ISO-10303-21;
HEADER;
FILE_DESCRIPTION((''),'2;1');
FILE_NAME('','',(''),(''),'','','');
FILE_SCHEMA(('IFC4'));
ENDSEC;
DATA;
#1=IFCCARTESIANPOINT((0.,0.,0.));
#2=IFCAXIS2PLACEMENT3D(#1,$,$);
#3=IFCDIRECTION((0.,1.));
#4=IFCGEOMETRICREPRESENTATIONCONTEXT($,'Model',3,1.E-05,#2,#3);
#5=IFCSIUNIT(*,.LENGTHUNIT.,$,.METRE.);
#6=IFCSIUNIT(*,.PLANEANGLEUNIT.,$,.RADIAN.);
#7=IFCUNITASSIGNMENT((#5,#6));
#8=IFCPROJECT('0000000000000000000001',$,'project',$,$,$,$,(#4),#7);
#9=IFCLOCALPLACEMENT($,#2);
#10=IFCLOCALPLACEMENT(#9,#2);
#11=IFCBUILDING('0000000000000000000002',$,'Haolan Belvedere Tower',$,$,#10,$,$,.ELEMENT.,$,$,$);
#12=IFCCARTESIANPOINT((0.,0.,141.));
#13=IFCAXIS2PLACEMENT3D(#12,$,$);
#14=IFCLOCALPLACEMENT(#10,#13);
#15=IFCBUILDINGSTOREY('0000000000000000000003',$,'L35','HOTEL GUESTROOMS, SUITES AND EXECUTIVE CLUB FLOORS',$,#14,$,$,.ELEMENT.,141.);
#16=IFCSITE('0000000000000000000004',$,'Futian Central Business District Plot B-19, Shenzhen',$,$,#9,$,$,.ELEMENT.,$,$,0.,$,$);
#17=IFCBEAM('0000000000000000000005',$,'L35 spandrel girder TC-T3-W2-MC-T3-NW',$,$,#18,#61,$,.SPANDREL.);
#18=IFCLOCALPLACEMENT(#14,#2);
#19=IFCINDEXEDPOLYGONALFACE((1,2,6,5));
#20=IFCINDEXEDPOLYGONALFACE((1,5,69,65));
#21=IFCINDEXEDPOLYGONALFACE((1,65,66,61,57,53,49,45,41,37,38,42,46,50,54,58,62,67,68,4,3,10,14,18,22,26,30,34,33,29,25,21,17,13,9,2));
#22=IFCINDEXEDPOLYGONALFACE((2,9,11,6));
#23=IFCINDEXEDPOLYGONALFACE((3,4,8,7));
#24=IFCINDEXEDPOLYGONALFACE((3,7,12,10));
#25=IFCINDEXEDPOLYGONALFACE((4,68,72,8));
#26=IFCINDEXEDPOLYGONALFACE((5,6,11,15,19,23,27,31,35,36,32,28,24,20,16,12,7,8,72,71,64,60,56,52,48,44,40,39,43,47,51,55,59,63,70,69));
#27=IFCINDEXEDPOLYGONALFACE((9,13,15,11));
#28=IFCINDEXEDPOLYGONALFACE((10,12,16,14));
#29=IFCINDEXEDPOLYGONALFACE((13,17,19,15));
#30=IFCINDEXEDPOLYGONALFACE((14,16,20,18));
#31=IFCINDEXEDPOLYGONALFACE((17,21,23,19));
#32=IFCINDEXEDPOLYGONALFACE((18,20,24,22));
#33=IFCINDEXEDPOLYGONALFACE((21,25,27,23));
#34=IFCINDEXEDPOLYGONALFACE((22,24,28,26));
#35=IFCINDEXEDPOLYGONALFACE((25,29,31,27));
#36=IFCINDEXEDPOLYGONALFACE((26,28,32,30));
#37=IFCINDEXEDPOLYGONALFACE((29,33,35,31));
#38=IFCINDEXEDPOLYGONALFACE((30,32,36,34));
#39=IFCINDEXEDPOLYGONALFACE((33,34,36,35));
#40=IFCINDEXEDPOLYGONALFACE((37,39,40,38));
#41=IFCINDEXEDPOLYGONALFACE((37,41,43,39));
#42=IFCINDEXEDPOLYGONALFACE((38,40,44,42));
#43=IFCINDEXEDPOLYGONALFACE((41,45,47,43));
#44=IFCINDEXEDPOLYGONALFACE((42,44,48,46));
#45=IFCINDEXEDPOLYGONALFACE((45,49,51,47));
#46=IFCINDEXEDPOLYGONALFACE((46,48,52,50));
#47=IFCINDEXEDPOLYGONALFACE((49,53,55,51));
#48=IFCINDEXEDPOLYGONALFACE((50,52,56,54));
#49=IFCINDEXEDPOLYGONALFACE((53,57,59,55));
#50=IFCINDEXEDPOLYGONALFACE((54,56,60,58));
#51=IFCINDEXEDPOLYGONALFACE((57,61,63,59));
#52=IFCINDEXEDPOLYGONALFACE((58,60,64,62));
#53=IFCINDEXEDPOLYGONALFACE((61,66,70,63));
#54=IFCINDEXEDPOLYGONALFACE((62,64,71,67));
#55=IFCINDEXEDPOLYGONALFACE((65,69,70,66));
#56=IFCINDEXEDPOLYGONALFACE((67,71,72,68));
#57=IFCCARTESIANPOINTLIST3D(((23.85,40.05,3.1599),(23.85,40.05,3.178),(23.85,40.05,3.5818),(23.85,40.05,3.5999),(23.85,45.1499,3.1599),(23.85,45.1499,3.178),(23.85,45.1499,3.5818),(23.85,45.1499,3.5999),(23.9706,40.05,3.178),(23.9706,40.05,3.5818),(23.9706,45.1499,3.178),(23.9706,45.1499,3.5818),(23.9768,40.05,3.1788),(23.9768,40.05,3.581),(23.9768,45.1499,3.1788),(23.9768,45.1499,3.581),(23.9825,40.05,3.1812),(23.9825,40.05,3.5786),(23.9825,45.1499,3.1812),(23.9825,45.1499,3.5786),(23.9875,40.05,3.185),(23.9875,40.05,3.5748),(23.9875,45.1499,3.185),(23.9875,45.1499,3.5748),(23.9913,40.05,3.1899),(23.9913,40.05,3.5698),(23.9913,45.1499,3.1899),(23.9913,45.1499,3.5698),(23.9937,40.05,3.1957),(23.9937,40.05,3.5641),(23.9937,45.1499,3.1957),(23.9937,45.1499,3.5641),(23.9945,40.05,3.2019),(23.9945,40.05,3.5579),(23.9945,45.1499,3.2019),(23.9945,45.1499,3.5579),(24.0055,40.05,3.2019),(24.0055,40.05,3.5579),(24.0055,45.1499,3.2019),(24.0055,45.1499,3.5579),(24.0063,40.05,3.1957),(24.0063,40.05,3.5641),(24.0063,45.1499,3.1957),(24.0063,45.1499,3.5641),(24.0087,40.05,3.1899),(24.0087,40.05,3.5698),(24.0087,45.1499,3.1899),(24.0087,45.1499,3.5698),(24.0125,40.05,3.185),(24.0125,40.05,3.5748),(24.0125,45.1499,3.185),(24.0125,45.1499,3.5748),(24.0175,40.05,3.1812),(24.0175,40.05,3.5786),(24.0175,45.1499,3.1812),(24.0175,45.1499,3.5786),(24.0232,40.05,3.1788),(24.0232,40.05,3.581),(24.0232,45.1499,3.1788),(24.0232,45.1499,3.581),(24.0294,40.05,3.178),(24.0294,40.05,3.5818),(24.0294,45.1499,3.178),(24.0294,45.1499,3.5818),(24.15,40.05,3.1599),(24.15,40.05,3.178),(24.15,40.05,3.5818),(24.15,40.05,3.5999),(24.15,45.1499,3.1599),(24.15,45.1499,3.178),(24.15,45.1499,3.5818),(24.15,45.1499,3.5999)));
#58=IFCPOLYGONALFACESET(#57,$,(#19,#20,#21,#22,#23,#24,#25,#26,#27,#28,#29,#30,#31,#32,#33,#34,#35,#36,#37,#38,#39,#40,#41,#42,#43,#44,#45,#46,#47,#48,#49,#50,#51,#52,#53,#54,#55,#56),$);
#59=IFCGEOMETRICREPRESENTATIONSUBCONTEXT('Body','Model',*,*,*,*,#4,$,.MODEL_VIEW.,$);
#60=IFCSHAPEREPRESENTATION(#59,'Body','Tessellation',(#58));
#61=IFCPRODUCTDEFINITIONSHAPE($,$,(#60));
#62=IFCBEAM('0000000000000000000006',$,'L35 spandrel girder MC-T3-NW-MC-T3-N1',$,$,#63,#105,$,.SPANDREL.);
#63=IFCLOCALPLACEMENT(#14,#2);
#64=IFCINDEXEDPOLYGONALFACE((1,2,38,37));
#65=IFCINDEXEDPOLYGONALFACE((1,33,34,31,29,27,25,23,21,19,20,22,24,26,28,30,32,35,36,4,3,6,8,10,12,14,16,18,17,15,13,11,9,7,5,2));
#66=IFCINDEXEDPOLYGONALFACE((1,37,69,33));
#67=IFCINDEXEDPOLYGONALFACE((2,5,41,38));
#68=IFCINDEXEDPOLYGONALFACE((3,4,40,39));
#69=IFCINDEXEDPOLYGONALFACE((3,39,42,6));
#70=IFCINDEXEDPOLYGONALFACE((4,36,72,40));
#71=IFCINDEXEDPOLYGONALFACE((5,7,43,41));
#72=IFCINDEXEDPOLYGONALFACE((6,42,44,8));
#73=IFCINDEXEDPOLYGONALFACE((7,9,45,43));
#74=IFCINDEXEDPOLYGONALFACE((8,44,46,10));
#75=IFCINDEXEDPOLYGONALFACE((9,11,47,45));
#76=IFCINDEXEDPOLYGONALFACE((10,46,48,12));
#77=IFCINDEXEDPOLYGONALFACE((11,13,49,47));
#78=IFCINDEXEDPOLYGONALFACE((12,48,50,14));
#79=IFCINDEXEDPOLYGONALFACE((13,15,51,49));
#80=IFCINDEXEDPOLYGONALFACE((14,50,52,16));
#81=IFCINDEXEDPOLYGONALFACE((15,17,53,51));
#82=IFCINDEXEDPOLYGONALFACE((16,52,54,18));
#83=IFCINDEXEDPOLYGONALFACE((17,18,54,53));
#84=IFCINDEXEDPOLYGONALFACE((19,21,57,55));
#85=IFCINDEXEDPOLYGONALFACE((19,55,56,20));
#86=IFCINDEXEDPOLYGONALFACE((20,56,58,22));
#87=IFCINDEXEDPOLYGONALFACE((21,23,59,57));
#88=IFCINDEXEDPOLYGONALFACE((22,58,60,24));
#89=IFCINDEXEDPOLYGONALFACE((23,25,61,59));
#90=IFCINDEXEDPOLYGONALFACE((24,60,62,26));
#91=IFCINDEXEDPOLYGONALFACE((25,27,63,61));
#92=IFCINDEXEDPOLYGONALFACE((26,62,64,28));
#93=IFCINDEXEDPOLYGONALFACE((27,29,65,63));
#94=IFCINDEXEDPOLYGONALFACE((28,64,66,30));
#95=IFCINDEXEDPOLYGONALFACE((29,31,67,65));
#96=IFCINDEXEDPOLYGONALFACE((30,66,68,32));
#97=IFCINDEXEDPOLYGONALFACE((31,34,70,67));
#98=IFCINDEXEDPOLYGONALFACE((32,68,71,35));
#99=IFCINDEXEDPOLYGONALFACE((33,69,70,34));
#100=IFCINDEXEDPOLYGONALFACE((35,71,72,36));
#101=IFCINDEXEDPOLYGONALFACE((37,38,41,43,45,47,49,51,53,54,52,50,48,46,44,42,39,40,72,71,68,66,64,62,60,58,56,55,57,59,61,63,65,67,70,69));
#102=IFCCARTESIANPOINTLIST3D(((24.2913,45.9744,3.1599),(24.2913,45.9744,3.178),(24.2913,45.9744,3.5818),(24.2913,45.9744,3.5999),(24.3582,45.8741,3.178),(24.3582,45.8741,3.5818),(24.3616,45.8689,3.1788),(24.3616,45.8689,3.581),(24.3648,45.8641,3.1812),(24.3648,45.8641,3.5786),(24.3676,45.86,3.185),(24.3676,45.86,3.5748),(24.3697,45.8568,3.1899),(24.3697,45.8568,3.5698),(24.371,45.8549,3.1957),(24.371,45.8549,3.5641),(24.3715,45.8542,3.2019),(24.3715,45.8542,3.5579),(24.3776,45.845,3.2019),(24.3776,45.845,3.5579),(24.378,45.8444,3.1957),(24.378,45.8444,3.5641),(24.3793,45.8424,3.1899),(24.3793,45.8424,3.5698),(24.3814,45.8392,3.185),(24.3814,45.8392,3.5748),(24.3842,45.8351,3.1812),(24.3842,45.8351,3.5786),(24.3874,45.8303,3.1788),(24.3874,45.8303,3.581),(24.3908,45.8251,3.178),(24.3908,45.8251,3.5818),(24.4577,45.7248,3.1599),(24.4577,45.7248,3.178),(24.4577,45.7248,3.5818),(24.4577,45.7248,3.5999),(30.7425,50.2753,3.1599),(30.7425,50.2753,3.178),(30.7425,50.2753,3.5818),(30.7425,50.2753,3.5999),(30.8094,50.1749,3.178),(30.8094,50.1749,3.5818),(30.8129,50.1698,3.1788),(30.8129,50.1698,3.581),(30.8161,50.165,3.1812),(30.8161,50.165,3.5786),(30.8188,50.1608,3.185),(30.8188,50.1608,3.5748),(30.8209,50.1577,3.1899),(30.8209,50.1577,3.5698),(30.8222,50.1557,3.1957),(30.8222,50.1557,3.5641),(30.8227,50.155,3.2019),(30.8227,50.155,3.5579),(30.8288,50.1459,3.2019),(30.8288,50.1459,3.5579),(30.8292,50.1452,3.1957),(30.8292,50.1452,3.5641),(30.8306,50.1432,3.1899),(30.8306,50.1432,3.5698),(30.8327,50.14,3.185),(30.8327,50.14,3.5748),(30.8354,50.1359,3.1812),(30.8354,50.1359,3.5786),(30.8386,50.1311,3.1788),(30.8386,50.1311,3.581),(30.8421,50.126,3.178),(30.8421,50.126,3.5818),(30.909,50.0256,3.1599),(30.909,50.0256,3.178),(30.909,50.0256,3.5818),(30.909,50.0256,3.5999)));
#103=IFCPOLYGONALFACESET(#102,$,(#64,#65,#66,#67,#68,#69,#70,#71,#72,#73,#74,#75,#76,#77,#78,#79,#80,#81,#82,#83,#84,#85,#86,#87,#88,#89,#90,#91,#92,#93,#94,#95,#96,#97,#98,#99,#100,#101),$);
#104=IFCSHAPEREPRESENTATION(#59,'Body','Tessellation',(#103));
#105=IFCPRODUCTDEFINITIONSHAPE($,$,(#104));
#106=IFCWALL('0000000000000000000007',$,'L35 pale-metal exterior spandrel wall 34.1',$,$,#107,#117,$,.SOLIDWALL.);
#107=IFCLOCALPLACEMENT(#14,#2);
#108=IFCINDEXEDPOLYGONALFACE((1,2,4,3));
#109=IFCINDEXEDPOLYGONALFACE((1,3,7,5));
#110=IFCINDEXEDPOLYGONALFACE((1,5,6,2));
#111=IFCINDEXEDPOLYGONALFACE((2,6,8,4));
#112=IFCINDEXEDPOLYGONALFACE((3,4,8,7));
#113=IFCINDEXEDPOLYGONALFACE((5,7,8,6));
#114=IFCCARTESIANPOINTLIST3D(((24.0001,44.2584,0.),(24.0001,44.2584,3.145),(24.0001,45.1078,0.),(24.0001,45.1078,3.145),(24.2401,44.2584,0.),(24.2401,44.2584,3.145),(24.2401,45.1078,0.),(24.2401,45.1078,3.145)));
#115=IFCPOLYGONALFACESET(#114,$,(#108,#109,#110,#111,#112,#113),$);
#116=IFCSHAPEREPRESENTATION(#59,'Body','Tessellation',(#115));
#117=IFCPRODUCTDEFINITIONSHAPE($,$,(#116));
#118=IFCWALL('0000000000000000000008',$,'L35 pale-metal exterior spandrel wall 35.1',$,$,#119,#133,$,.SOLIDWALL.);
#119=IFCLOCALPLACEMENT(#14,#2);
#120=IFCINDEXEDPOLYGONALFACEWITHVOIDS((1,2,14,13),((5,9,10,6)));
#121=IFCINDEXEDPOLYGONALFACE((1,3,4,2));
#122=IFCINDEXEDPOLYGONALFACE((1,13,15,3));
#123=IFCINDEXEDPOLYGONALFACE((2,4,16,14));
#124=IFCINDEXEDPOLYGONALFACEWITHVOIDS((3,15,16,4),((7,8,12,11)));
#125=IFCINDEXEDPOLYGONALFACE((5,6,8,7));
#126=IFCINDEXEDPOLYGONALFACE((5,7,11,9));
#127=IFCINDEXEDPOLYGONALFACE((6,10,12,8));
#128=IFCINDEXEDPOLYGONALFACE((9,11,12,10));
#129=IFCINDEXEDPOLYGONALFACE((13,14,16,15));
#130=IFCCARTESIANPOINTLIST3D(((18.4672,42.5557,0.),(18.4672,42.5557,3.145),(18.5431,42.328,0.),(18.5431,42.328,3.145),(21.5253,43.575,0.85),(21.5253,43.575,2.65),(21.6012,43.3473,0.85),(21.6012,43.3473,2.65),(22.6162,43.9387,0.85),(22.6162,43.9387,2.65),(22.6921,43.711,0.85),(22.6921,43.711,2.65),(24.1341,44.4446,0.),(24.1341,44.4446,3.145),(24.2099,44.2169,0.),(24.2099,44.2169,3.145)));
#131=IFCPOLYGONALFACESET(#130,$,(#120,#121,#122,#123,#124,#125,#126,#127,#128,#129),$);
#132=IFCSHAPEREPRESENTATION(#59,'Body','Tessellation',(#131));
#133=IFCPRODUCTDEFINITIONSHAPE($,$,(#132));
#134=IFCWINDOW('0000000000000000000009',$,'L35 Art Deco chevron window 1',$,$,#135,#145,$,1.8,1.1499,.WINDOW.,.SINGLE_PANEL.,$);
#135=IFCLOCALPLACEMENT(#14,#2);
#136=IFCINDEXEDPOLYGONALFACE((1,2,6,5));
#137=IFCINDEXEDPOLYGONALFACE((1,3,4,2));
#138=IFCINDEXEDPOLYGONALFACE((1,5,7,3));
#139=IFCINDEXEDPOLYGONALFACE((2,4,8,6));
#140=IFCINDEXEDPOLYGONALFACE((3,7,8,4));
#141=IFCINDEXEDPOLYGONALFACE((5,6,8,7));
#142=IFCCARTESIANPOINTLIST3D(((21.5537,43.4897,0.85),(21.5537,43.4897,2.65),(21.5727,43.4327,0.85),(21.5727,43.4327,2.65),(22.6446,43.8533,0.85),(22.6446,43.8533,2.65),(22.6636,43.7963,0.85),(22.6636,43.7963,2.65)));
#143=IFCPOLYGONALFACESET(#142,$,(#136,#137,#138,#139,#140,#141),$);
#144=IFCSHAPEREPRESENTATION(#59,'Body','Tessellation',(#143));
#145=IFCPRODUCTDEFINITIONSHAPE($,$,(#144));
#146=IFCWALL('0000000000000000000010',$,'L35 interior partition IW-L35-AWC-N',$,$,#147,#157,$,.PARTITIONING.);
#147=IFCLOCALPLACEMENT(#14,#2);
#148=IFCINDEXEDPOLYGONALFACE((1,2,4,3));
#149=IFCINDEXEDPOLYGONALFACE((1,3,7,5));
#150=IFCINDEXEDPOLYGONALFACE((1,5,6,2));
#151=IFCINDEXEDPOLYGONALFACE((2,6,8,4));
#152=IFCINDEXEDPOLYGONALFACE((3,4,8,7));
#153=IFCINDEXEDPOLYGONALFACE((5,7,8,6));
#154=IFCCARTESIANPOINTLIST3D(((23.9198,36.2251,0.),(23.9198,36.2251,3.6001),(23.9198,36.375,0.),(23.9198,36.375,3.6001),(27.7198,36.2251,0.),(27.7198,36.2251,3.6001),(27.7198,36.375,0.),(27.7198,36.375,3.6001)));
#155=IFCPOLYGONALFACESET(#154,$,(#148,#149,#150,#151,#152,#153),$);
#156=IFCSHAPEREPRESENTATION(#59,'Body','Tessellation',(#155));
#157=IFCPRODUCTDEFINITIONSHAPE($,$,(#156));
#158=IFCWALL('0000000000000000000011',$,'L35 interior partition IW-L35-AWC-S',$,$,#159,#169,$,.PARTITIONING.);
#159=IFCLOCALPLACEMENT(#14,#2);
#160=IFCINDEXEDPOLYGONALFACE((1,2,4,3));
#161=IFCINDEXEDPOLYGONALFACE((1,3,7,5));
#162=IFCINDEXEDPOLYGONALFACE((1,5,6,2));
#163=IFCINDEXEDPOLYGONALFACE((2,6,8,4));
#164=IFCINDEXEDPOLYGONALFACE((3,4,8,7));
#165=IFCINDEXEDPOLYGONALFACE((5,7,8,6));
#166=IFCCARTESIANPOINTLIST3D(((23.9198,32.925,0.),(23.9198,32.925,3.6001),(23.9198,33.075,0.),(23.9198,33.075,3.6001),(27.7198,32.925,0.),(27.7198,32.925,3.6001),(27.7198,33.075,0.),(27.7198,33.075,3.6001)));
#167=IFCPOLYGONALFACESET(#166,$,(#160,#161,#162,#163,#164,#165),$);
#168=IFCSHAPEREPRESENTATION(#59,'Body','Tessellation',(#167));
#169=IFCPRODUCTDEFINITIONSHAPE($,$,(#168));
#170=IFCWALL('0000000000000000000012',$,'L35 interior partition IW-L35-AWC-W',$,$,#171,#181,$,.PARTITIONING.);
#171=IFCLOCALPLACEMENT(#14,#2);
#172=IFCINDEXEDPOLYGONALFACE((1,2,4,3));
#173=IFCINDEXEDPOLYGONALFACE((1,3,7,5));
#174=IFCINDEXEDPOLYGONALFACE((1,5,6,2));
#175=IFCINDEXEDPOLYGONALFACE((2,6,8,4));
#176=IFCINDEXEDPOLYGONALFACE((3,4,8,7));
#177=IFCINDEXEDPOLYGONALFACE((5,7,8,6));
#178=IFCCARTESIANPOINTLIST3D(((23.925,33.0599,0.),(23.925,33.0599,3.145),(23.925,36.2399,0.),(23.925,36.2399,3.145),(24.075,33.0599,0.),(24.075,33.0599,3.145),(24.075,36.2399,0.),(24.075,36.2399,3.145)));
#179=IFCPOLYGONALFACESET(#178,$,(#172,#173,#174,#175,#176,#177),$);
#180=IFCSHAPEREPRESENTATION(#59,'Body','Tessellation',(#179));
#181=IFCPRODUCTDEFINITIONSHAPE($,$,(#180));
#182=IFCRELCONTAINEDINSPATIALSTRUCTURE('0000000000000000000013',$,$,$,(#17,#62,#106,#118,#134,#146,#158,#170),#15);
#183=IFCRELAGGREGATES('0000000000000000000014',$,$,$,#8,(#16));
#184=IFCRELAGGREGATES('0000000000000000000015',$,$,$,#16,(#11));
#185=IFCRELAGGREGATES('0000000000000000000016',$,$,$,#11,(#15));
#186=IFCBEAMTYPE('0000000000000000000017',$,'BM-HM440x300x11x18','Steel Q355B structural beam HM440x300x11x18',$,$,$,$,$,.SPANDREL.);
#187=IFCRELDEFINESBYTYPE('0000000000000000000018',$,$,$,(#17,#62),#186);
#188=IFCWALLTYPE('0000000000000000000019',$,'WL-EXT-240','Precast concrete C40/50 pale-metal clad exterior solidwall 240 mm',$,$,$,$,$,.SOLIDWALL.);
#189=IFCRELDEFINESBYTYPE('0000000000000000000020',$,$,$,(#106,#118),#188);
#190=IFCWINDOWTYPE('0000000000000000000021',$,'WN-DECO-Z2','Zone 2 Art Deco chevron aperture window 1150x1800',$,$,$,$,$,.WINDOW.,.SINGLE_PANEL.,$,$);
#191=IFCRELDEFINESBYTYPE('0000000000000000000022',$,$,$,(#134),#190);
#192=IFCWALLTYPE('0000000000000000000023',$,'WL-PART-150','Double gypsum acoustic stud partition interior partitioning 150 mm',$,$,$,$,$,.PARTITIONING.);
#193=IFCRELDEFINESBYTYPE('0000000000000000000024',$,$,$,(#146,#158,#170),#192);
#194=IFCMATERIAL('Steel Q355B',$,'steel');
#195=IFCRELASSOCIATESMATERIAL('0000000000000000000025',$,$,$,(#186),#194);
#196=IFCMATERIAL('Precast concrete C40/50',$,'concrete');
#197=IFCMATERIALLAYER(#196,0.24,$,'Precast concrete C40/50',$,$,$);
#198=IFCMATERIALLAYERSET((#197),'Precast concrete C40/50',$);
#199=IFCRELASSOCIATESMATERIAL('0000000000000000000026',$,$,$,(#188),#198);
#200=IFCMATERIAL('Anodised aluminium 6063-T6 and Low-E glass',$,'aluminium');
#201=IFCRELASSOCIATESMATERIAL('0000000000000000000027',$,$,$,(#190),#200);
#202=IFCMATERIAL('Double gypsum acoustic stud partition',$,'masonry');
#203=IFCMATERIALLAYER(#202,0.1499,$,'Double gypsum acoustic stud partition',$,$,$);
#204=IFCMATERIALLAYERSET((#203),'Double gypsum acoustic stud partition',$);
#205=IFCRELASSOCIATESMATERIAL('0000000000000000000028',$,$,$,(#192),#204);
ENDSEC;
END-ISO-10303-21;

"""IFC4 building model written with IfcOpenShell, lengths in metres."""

from ifc_helpers import new_model, si_unit, direction, frame, frame_2d, origin, origin_2d, place, context, subcontext, project, spatial, rectangle, i_section, extrude, material, layer, layer_set, material_profile, profile_set, type_object, element, fill, save


model = new_model("IFC4")

# Units and contexts
model_context = context("Model", 3, precision=1e-05, world=origin(), true_north=direction((0.0, 1.0)))
body_context = subcontext(model_context, "Body", "Model", "MODEL_VIEW")
ifc_project = project(units=[si_unit("LENGTHUNIT", "METRE"), si_unit("PLANEANGLEUNIT", "RADIAN")], contexts=[model_context])

# Site, building, storey
site_placement = place(None, origin())
site = spatial("IfcSite", under=ifc_project, at=site_placement, Name="Futian Central Business District Plot B-19, Shenzhen", CompositionType="ELEMENT", RefElevation=0.0)
building_placement = place(site_placement, origin())
building = spatial("IfcBuilding", under=site, at=building_placement, Name="Haolan Belvedere Tower", CompositionType="ELEMENT")
storey_placement = place(building_placement, frame((0.0, 0.0, 141.0)))
storey = spatial("IfcBuildingStorey", under=building, at=storey_placement, Name="L35", Description="HOTEL GUESTROOMS, SUITES AND EXECUTIVE CLUB FLOORS", CompositionType="ELEMENT", Elevation=141.0)

# Beams
ifc_material_1 = material(Name="Steel Q355B", Category="steel")
ifc_material_profile_1 = material_profile(ifc_material_1, i_section(OverallWidth=0.3, OverallDepth=0.4399, WebThickness=0.011, FlangeThickness=0.0181, FilletRadius=0.0239, at=origin_2d()), Name="Steel Q355B")
ifc_profile_set_1 = profile_set([ifc_material_profile_1], Name="Steel Q355B")
beam_type = type_object("IfcBeamType", Name="BM-HM440x300x11x18", Description="Steel Q355B structural beam HM440x300x11x18", PredefinedType="SPANDREL", material=ifc_profile_set_1)
for number, where, z_axis, x_axis, name in (
    (1, (24.0, 40.05, 3.3799), (0.0, 1.0, 0.0), (-1.0, 0.0, 0.0), "L35 spandrel girder TC-T3-W2-MC-T3-NW"),
):
    element("IfcBeam", number, at=place(storey_placement, frame(where, z_axis=z_axis, x_axis=x_axis)), inside=storey, type_object=beam_type, Name=name, PredefinedType="SPANDREL", context=body_context, shape_type="SweptSolid", body=[
        extrude(i_section(OverallWidth=0.3, OverallDepth=0.4399, WebThickness=0.011, FlangeThickness=0.0181, FilletRadius=0.0239, at=origin_2d()), origin(), (0.0, 0.0, 1.0), 5.0999),
    ])
beam_placement = place(storey_placement, frame((24.3745, 45.8496, 3.3799), z_axis=(0.83205, 0.5547, 0.0), x_axis=(-0.5547, 0.83205, 0.0)))
element("IfcBeam", 2, at=beam_placement, inside=storey, type_object=beam_type, Name="L35 spandrel girder MC-T3-NW-MC-T3-N1", PredefinedType="SPANDREL", context=body_context, shape_type="SweptSolid", body=[
    extrude(i_section(OverallWidth=0.3, OverallDepth=0.4399, WebThickness=0.011, FlangeThickness=0.0181, FilletRadius=0.0239, at=origin_2d()), origin(), (0.0, 0.0, 1.0), 7.7534),
])

# Wall
ifc_material_2 = material(Name="Precast concrete C40/50", Category="concrete")
ifc_layer_1 = layer(ifc_material_2, 0.24, Name="Precast concrete C40/50")
ifc_layer_set_1 = layer_set([ifc_layer_1], Name="Precast concrete C40/50")
wall_type_1 = type_object("IfcWallType", Name="WL-EXT-240", Description="Precast concrete C40/50 pale-metal clad exterior solidwall 240 mm", PredefinedType="SOLIDWALL", material=ifc_layer_set_1)
wall_1_placement = place(storey_placement, frame((24.1201, 45.1079, 0.0), z_axis=(0.0, 0.0, 1.0), x_axis=(0.0, -1.0, 0.0)))
element("IfcWall", 3, at=wall_1_placement, inside=storey, type_object=wall_type_1, Name="L35 pale-metal exterior spandrel wall 34.1", PredefinedType="SOLIDWALL", context=body_context, shape_type="SweptSolid", body=[
    extrude(rectangle(XDim=0.8494, YDim=0.24, at=frame_2d((0.4248, 0.0))), origin(), (0.0, 0.0, 1.0), 3.145),
])

# Wall, opening, window
wall_2_placement = place(storey_placement, frame((24.1721, 44.3308, 0.0), z_axis=(0.0, 0.0, 1.0), x_axis=(-0.948683, -0.316228, 0.0)))
wall_2 = element("IfcWall", 4, at=wall_2_placement, inside=storey, type_object=wall_type_1, Name="L35 pale-metal exterior spandrel wall 35.1", PredefinedType="SOLIDWALL", context=body_context, shape_type="SweptSolid", body=[
    extrude(rectangle(XDim=5.9734, YDim=0.24, at=frame_2d((2.9868, 0.0))), origin(), (0.0, 0.0, 1.0), 3.145),
])
opening_1_placement = place(wall_2_placement, frame((1.6001, 0.0, 0.8501)))
opening_1 = element("IfcOpeningElement", 5, at=opening_1_placement, cuts=wall_2, PredefinedType="OPENING", context=body_context, shape_type="SweptSolid", body=[
    extrude(rectangle(XDim=1.1499, YDim=1.8, at=frame_2d((0.575, 0.8999))), frame((0.0, 0.1299, 0.0), z_axis=(0.0, -1.0, 0.0), x_axis=(1.0, 0.0, 0.0)), (0.0, 0.0, 1.0), 0.26),
])
ifc_material_3 = material(Name="Anodised aluminium 6063-T6 and Low-E glass", Category="aluminium")
window_type = type_object("IfcWindowType", Name="WN-DECO-Z2", Description="Zone 2 Art Deco chevron aperture window 1150x1800", PartitioningType="SINGLE_PANEL", PredefinedType="WINDOW", material=ifc_material_3)
window_placement = place(opening_1_placement, origin())
window = element("IfcWindow", 6, at=window_placement, inside=storey, type_object=window_type, Name="L35 Art Deco chevron window 1", OverallHeight=1.8, OverallWidth=1.1499, PartitioningType="SINGLE_PANEL", PredefinedType="WINDOW", context=body_context, shape_type="SweptSolid", body=[
    extrude(rectangle(XDim=1.1499, YDim=1.8, at=frame_2d((0.575, 0.8999))), frame((0.0, 0.03, 0.0), z_axis=(0.0, -1.0, 0.0), x_axis=(1.0, 0.0, 0.0)), (0.0, 0.0, 1.0), 0.0601),
])
fill(opening_1, window)

# Walls
ifc_material_4 = material(Name="Double gypsum acoustic stud partition", Category="masonry")
ifc_layer_2 = layer(ifc_material_4, 0.1499, Name="Double gypsum acoustic stud partition")
ifc_layer_set_2 = layer_set([ifc_layer_2], Name="Double gypsum acoustic stud partition")
wall_type_2 = type_object("IfcWallType", Name="WL-PART-150", Description="Double gypsum acoustic stud partition interior partitioning 150 mm", PredefinedType="PARTITIONING", material=ifc_layer_set_2)
for number, where, z_axis, x_axis, name in (
    (7, (23.9199, 36.3, 0.0), (0.0, 0.0, 1.0), (1.0, 0.0, 0.0), "L35 interior partition IW-L35-AWC-N"),
    (8, (23.9199, 33.0, 0.0), (0.0, 0.0, 1.0), (1.0, 0.0, 0.0), "L35 interior partition IW-L35-AWC-S"),
):
    element("IfcWall", number, at=place(storey_placement, frame(where, z_axis=z_axis, x_axis=x_axis)), inside=storey, type_object=wall_type_2, Name=name, PredefinedType="PARTITIONING", context=body_context, shape_type="SweptSolid", body=[
        extrude(rectangle(XDim=3.8, YDim=0.1499, at=frame_2d((1.8999, 0.0))), origin(), (0.0, 0.0, 1.0), 3.6001),
    ])
wall_3_placement = place(storey_placement, frame((24.0, 33.0601, 0.0), z_axis=(0.0, 0.0, 1.0), x_axis=(0.0, 1.0, 0.0)))
element("IfcWall", 9, at=wall_3_placement, inside=storey, type_object=wall_type_2, Name="L35 interior partition IW-L35-AWC-W", PredefinedType="PARTITIONING", context=body_context, shape_type="SweptSolid", body=[
    extrude(rectangle(XDim=3.1799, YDim=0.1499, at=frame_2d((1.5898, 0.0))), origin(), (0.0, 0.0, 1.0), 3.145),
])

save(model, "model.ifc")
